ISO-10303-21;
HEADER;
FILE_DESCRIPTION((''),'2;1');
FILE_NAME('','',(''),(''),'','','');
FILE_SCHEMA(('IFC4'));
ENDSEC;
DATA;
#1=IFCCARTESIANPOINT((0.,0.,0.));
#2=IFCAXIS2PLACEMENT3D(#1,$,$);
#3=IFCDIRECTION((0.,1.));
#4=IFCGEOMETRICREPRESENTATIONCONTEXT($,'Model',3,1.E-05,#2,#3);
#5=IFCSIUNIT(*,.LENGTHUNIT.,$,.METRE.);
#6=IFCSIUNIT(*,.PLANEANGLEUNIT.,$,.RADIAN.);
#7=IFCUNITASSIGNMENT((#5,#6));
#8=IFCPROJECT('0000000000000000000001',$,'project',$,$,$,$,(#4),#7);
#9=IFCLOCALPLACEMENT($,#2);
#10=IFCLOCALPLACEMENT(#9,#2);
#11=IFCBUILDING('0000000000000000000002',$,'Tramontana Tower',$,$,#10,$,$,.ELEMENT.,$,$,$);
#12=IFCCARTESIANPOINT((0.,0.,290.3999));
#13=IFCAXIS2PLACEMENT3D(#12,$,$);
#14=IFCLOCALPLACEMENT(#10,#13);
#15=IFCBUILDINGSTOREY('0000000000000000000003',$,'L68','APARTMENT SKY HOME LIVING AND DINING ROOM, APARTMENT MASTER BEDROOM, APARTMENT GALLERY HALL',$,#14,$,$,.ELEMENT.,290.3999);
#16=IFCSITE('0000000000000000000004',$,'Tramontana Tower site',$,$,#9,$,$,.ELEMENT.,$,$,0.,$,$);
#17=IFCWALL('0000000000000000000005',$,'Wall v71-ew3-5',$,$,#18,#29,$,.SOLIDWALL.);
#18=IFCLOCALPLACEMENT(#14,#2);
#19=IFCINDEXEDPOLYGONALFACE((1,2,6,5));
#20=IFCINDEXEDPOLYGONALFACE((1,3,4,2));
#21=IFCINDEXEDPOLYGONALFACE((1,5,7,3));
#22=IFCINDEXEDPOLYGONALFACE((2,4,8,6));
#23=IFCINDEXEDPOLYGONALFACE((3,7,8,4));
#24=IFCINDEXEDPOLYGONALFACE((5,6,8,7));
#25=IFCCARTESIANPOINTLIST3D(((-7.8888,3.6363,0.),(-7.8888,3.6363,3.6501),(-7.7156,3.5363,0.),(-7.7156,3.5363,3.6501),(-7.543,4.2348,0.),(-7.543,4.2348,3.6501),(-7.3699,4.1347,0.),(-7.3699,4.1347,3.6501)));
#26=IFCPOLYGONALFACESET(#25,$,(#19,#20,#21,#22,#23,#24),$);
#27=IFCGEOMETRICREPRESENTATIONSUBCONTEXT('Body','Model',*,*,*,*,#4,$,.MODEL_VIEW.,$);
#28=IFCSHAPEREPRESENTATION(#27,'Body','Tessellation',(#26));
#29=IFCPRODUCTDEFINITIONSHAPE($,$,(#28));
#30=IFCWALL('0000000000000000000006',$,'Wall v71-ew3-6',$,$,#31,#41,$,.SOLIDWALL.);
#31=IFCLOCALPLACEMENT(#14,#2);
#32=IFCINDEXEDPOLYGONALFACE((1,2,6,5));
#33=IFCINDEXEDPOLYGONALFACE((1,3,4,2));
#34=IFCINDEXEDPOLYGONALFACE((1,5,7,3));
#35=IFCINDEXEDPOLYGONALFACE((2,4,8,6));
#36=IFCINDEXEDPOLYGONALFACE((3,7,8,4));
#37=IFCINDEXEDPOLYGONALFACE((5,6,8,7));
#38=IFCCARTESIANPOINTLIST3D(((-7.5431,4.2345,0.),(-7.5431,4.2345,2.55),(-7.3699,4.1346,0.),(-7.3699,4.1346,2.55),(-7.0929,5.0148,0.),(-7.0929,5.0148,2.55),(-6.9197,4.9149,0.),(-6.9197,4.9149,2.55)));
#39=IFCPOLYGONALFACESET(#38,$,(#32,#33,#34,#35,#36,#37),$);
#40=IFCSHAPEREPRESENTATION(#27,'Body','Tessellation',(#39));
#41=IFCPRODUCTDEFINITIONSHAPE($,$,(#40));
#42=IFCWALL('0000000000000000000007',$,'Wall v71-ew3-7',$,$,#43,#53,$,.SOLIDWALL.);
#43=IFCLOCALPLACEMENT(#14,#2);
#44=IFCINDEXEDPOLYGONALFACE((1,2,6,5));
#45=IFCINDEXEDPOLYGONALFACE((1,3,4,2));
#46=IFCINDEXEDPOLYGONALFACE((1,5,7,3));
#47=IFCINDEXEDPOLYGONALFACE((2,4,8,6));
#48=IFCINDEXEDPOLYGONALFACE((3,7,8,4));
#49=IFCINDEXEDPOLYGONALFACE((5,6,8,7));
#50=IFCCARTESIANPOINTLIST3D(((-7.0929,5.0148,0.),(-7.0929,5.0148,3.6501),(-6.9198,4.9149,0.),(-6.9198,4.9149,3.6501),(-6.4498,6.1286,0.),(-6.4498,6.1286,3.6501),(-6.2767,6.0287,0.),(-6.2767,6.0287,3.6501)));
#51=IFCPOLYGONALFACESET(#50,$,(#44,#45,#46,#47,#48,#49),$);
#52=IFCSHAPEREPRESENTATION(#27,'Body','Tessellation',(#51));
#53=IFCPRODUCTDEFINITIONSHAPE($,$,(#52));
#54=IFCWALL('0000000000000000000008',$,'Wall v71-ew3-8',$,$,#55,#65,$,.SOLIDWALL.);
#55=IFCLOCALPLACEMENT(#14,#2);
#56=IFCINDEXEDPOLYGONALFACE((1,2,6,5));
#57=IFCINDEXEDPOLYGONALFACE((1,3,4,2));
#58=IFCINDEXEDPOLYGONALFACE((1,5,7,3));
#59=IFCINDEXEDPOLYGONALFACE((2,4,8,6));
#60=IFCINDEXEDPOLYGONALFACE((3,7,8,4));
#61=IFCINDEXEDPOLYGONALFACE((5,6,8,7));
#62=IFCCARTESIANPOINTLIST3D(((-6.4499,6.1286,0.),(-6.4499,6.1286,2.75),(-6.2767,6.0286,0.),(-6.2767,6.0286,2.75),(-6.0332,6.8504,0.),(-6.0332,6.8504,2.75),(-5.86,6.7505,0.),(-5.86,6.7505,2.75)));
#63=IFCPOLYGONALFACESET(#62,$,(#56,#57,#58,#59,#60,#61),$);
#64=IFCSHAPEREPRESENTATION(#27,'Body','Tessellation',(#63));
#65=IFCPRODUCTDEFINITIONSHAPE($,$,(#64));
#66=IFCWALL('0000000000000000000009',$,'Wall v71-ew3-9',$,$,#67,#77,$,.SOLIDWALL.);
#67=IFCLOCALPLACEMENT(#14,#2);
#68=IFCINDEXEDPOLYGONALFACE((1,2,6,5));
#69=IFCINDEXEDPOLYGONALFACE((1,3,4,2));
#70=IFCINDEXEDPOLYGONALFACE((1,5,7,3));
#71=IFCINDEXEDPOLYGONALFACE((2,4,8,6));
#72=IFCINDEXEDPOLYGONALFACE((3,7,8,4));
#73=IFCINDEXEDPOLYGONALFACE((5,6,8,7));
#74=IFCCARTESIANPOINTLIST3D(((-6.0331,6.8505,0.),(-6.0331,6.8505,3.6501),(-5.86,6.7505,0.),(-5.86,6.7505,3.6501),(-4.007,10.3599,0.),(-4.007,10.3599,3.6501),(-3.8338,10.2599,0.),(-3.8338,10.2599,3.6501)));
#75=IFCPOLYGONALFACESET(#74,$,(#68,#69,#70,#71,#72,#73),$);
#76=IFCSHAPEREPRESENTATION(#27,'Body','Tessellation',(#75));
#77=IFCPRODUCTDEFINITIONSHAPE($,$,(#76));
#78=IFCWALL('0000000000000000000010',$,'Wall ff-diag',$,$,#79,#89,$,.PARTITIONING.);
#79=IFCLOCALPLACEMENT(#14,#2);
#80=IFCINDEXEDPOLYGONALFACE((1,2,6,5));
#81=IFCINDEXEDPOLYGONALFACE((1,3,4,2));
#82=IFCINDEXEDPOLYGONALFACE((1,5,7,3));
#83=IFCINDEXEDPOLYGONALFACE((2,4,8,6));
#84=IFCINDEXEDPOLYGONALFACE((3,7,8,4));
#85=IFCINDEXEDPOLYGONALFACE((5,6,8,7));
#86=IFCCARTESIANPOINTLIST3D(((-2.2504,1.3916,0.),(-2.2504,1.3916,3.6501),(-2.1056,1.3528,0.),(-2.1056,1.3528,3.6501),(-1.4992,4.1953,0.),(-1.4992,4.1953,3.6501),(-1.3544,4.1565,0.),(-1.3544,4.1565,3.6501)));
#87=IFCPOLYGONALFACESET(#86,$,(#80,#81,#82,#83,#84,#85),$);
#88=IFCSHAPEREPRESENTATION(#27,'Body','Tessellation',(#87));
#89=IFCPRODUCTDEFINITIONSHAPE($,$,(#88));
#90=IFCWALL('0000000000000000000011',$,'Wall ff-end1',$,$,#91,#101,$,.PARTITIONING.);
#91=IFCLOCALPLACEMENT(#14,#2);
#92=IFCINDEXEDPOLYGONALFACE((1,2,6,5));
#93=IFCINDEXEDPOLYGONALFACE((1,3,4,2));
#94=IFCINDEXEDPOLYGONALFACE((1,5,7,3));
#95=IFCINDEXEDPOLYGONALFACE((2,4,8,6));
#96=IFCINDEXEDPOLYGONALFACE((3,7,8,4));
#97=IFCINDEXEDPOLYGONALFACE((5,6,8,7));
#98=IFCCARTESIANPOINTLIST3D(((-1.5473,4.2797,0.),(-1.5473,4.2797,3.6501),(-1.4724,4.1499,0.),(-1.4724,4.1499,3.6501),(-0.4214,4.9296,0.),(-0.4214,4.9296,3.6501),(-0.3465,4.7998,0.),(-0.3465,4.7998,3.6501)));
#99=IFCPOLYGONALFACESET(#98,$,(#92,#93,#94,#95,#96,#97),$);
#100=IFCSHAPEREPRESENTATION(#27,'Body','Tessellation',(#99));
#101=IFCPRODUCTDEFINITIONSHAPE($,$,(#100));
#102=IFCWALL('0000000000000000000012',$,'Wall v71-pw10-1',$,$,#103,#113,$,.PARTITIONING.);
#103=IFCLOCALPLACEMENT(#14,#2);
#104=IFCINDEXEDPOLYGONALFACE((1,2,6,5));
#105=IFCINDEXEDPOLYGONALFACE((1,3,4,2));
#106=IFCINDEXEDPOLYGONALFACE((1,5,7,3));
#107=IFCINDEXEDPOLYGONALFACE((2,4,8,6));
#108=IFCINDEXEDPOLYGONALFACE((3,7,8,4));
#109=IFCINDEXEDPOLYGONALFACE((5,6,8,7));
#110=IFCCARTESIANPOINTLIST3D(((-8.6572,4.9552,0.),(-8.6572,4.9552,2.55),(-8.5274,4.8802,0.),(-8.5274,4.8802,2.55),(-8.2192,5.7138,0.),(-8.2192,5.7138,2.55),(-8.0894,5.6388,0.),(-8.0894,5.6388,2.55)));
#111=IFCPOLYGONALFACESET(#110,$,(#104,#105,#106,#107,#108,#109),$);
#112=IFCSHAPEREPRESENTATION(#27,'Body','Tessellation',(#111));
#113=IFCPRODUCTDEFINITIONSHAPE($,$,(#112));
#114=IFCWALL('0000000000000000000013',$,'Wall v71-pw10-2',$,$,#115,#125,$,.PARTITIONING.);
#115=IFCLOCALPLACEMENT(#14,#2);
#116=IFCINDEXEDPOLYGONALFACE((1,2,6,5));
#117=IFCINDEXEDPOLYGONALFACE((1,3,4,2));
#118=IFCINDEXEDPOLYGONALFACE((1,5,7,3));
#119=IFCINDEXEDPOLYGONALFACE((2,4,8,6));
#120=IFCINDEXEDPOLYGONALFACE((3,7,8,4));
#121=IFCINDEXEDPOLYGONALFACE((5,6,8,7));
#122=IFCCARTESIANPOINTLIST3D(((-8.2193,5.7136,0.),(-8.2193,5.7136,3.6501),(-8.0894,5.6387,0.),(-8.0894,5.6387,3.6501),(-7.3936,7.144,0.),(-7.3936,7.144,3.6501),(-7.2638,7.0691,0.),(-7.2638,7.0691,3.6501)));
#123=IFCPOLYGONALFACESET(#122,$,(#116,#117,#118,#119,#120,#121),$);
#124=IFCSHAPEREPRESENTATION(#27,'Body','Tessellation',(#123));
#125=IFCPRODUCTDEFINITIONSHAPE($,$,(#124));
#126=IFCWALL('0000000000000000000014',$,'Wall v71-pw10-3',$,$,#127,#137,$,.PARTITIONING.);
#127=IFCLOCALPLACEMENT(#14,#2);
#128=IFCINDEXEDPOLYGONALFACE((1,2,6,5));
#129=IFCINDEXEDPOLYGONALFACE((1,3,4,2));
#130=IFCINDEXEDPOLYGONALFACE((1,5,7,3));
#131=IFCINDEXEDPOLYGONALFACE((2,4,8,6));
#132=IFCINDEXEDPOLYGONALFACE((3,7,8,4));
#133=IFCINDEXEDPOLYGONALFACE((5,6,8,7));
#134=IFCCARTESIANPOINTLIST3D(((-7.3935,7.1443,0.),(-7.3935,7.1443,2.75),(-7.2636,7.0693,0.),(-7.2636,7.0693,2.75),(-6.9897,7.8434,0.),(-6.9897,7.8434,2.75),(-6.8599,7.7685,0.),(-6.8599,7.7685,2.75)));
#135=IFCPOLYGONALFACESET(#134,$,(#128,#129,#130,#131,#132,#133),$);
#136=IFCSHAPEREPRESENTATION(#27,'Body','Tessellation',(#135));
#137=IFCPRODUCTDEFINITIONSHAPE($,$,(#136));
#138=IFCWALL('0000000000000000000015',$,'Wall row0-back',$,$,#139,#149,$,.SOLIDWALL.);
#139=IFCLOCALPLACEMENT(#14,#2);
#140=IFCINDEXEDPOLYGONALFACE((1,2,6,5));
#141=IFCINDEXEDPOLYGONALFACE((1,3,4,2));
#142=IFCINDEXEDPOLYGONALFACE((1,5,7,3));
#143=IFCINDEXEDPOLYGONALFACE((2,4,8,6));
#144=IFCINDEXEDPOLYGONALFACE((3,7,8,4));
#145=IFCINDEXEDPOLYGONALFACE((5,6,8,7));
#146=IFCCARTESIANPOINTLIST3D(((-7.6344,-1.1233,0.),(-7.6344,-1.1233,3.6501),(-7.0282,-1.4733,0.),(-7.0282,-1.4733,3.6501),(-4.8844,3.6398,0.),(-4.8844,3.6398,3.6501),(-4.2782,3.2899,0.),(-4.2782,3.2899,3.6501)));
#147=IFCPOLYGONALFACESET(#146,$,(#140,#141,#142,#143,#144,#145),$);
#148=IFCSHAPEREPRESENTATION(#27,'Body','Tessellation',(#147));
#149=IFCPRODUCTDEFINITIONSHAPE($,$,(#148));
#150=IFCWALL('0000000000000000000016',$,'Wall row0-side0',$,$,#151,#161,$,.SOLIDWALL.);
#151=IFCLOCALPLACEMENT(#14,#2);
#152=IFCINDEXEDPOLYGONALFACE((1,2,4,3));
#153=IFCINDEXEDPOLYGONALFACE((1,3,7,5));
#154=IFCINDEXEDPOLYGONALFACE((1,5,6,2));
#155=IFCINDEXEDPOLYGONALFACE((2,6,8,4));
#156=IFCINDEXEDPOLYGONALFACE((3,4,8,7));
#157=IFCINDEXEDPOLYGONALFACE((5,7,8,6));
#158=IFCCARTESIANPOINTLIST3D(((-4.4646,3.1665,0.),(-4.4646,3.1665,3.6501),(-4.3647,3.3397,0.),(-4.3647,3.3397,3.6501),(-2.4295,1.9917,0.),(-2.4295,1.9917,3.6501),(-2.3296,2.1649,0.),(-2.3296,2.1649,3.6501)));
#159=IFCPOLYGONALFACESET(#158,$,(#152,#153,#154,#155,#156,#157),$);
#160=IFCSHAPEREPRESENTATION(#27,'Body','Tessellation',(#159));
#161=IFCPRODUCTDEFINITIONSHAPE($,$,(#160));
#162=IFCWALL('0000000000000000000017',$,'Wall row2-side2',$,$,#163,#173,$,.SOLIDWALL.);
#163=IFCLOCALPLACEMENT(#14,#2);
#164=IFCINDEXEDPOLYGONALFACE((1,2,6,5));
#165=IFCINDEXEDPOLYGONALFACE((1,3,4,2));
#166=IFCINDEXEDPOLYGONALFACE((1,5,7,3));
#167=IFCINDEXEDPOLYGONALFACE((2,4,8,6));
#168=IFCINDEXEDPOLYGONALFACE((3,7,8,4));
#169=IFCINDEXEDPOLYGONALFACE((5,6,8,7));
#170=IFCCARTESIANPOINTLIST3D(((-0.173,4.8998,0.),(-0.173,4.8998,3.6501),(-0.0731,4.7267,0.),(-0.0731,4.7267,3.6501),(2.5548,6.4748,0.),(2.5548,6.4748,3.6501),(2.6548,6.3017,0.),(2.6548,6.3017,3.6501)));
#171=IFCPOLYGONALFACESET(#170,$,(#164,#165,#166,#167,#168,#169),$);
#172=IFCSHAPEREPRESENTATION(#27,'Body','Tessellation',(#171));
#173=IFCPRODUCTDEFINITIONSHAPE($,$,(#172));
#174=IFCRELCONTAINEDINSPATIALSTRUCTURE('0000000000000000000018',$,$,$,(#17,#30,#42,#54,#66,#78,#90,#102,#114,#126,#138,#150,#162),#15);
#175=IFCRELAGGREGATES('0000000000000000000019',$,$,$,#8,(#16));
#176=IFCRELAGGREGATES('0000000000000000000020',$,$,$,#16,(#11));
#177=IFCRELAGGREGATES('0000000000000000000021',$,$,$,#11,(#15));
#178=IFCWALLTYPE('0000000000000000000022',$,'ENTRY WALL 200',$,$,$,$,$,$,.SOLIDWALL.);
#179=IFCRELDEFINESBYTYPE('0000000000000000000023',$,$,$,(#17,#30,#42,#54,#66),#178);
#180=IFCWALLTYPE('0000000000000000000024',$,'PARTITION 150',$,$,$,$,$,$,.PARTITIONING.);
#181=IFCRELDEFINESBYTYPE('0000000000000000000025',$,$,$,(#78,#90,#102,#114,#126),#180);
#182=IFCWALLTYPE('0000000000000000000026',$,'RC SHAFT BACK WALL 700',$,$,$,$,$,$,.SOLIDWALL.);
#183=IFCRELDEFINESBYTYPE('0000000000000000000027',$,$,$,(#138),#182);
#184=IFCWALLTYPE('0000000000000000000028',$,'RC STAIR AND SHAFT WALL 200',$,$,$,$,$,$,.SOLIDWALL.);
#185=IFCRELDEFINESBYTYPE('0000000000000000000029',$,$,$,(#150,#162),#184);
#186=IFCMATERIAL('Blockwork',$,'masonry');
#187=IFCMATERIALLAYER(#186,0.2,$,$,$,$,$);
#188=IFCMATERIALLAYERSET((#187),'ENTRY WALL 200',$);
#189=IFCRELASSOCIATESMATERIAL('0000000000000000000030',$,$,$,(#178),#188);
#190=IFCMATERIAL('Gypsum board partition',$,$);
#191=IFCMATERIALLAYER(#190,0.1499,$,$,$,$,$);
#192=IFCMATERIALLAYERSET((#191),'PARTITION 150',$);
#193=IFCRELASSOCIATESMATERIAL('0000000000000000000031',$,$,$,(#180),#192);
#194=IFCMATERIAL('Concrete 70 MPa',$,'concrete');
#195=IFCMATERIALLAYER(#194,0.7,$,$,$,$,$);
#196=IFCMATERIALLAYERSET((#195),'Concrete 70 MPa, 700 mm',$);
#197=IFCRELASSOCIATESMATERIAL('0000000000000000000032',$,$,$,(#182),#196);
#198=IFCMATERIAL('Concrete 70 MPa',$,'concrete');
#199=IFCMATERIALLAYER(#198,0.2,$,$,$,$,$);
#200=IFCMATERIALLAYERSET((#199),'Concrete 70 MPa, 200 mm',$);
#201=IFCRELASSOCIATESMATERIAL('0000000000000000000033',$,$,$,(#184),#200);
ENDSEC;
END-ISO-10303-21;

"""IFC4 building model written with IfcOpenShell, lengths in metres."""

from ifc_helpers import new_model, si_unit, direction, frame, frame_2d, origin, place, context, subcontext, project, spatial, rectangle, extrude, material, layer, layer_set, type_object, element, save


model = new_model("IFC4")

# Units and contexts
model_context = context("Model", 3, precision=1e-05, world=origin(), true_north=direction((0.0, 1.0)))
body_context = subcontext(model_context, "Body", "Model", "MODEL_VIEW")
ifc_project = project(units=[si_unit("LENGTHUNIT", "METRE"), si_unit("PLANEANGLEUNIT", "RADIAN")], contexts=[model_context])

# Site, building, storey
site_placement = place(None, origin())
site = spatial("IfcSite", under=ifc_project, at=site_placement, Name="Tramontana Tower site", CompositionType="ELEMENT", RefElevation=0.0)
building_placement = place(site_placement, origin())
building = spatial("IfcBuilding", under=site, at=building_placement, Name="Tramontana Tower", CompositionType="ELEMENT")
storey_placement = place(building_placement, frame((0.0, 0.0, 290.3999)))
storey = spatial("IfcBuildingStorey", under=building, at=storey_placement, Name="L68", Description="APARTMENT SKY HOME LIVING AND DINING ROOM, APARTMENT MASTER BEDROOM, APARTMENT GALLERY HALL", CompositionType="ELEMENT", Elevation=290.3999)

# Shared definitions
ifc_material_1 = material(Name="Blockwork", Category="masonry")
ifc_layer_1 = layer(ifc_material_1, 0.2)
ifc_layer_set_1 = layer_set([ifc_layer_1], Name="ENTRY WALL 200")
wall_type_1 = type_object("IfcWallType", Name="ENTRY WALL 200", PredefinedType="SOLIDWALL", material=ifc_layer_set_1)

# Walls
wall_1_placement = place(storey_placement, frame((-7.8022, 3.5862, 0.0), z_axis=(0.0, 0.0, 1.0), x_axis=(0.500242, 0.865885, 0.0)))
element("IfcWall", 1, at=wall_1_placement, inside=storey, type_object=wall_type_1, Name="Wall v71-ew3-5", PredefinedType="SOLIDWALL", context=body_context, shape_type="SweptSolid", body=[
    extrude(rectangle(XDim=0.6912, YDim=0.2, at=frame_2d((0.3457, 0.0))), origin(), (0.0, 0.0, 1.0), 3.6501),
])
wall_2_placement = place(storey_placement, frame((-7.4565, 4.1846, 0.0), z_axis=(0.0, 0.0, 1.0), x_axis=(0.499754, 0.866168, 0.0)))
element("IfcWall", 2, at=wall_2_placement, inside=storey, type_object=wall_type_1, Name="Wall v71-ew3-6", PredefinedType="SOLIDWALL", context=body_context, shape_type="SweptSolid", body=[
    extrude(rectangle(XDim=0.9009, YDim=0.2, at=frame_2d((0.4504, 0.0))), origin(), (0.0, 0.0, 1.0), 2.55),
])
wall_3_placement = place(storey_placement, frame((-7.0063, 4.9648, 0.0), z_axis=(0.0, 0.0, 1.0), x_axis=(0.500018, 0.866015, 0.0)))
element("IfcWall", 3, at=wall_3_placement, inside=storey, type_object=wall_type_1, Name="Wall v71-ew3-7", PredefinedType="SOLIDWALL", context=body_context, shape_type="SweptSolid", body=[
    extrude(rectangle(XDim=1.2861, YDim=0.2, at=frame_2d((0.6431, 0.0))), origin(), (0.0, 0.0, 1.0), 3.6501),
])
wall_4_placement = place(storey_placement, frame((-6.3633, 6.0786, 0.0), z_axis=(0.0, 0.0, 1.0), x_axis=(0.499951, 0.866054, 0.0)))
element("IfcWall", 4, at=wall_4_placement, inside=storey, type_object=wall_type_1, Name="Wall v71-ew3-8", PredefinedType="SOLIDWALL", context=body_context, shape_type="SweptSolid", body=[
    extrude(rectangle(XDim=0.8335, YDim=0.2, at=frame_2d((0.4167, 0.0))), origin(), (0.0, 0.0, 1.0), 2.75),
])
wall_5_placement = place(storey_placement, frame((-5.9465, 6.8005, 0.0), z_axis=(0.0, 0.0, 1.0), x_axis=(0.500008, 0.866021, 0.0)))
element("IfcWall", 5, at=wall_5_placement, inside=storey, type_object=wall_type_1, Name="Wall v71-ew3-9", PredefinedType="SOLIDWALL", context=body_context, shape_type="SweptSolid", body=[
    extrude(rectangle(XDim=4.0522, YDim=0.2, at=frame_2d((2.0261, 0.0))), origin(), (0.0, 0.0, 1.0), 3.6501),
])
ifc_material_2 = material(Name="Gypsum board partition")
ifc_layer_2 = layer(ifc_material_2, 0.1499)
ifc_layer_set_2 = layer_set([ifc_layer_2], Name="PARTITION 150")
wall_type_2 = type_object("IfcWallType", Name="PARTITION 150", PredefinedType="PARTITIONING", material=ifc_layer_set_2)
wall_6_placement = place(storey_placement, frame((-2.178, 1.3723, 0.0), z_axis=(0.0, 0.0, 1.0), x_axis=(0.258809, 0.965929, 0.0)))
element("IfcWall", 6, at=wall_6_placement, inside=storey, type_object=wall_type_2, Name="Wall ff-diag", PredefinedType="PARTITIONING", context=body_context, shape_type="SweptSolid", body=[
    extrude(rectangle(XDim=2.9026, YDim=0.1499, at=frame_2d((1.4512, 0.0))), origin(), (0.0, 0.0, 1.0), 3.6501),
])
wall_7_placement = place(storey_placement, frame((-1.5098, 4.2148, 0.0), z_axis=(0.0, 0.0, 1.0), x_axis=(0.866086, 0.499896, 0.0)))
element("IfcWall", 7, at=wall_7_placement, inside=storey, type_object=wall_type_2, Name="Wall ff-end1", PredefinedType="PARTITIONING", context=body_context, shape_type="SweptSolid", body=[
    extrude(rectangle(XDim=1.3, YDim=0.1499, at=frame_2d((0.6499, 0.0))), origin(), (0.0, 0.0, 1.0), 3.6501),
])
wall_8_placement = place(storey_placement, frame((-8.5923, 4.9177, 0.0), z_axis=(0.0, 0.0, 1.0), x_axis=(0.500036, 0.866005, 0.0)))
element("IfcWall", 8, at=wall_8_placement, inside=storey, type_object=wall_type_2, Name="Wall v71-pw10-1", PredefinedType="PARTITIONING", context=body_context, shape_type="SweptSolid", body=[
    extrude(rectangle(XDim=0.876, YDim=0.1499, at=frame_2d((0.438, 0.0))), origin(), (0.0, 0.0, 1.0), 2.55),
])
wall_9_placement = place(storey_placement, frame((-8.1543, 5.6763, 0.0), z_axis=(0.0, 0.0, 1.0), x_axis=(0.499923, 0.86607, 0.0)))
element("IfcWall", 9, at=wall_9_placement, inside=storey, type_object=wall_type_2, Name="Wall v71-pw10-2", PredefinedType="PARTITIONING", context=body_context, shape_type="SweptSolid", body=[
    extrude(rectangle(XDim=1.6516, YDim=0.1499, at=frame_2d((0.8257, 0.0))), origin(), (0.0, 0.0, 1.0), 3.6501),
])
wall_10_placement = place(storey_placement, frame((-7.3286, 7.1067, 0.0), z_axis=(0.0, 0.0, 1.0), x_axis=(0.500106, 0.865964, 0.0)))
element("IfcWall", 10, at=wall_10_placement, inside=storey, type_object=wall_type_2, Name="Wall v71-pw10-3", PredefinedType="PARTITIONING", context=body_context, shape_type="SweptSolid", body=[
    extrude(rectangle(XDim=0.8074, YDim=0.1499, at=frame_2d((0.4038, 0.0))), origin(), (0.0, 0.0, 1.0), 2.75),
])
ifc_material_3 = material(Name="Concrete 70 MPa", Category="concrete")
ifc_layer_3 = layer(ifc_material_3, 0.7)
ifc_layer_set_3 = layer_set([ifc_layer_3], Name="Concrete 70 MPa, 700 mm")
wall_type_3 = type_object("IfcWallType", Name="RC SHAFT BACK WALL 700", PredefinedType="SOLIDWALL", material=ifc_layer_set_3)
wall_11_placement = place(storey_placement, frame((-4.5813, 3.4648, 0.0), z_axis=(0.0, 0.0, 1.0), x_axis=(-0.499997, -0.866027, 0.0)))
element("IfcWall", 11, at=wall_11_placement, inside=storey, type_object=wall_type_3, Name="Wall row0-back", PredefinedType="SOLIDWALL", context=body_context, shape_type="SweptSolid", body=[
    extrude(rectangle(XDim=5.5, YDim=0.7, at=frame_2d((2.75, 0.0))), origin(), (0.0, 0.0, 1.0), 3.6501),
])

# Shared definitions
ifc_material_4 = material(Name="Concrete 70 MPa", Category="concrete")
ifc_layer_4 = layer(ifc_material_4, 0.2)
ifc_layer_set_4 = layer_set([ifc_layer_4], Name="Concrete 70 MPa, 200 mm")
wall_type_4 = type_object("IfcWallType", Name="RC STAIR AND SHAFT WALL 200", PredefinedType="SOLIDWALL", material=ifc_layer_set_4)

# Walls
wall_12_placement = place(storey_placement, frame((-2.3796, 2.0784, 0.0), z_axis=(0.0, 0.0, 1.0), x_axis=(-0.866061, 0.499938, 0.0)))
element("IfcWall", 12, at=wall_12_placement, inside=storey, type_object=wall_type_4, Name="Wall row0-side0", PredefinedType="SOLIDWALL", context=body_context, shape_type="SweptSolid", body=[
    extrude(rectangle(XDim=2.3499, YDim=0.2, at=frame_2d((1.1748, 0.0))), origin(), (0.0, 0.0, 1.0), 3.6501),
])
wall_13_placement = place(storey_placement, frame((-0.123, 4.8132, 0.0), z_axis=(0.0, 0.0, 1.0), x_axis=(0.866016, 0.500015, 0.0)))
element("IfcWall", 13, at=wall_13_placement, inside=storey, type_object=wall_type_4, Name="Wall row2-side2", PredefinedType="SOLIDWALL", context=body_context, shape_type="SweptSolid", body=[
    extrude(rectangle(XDim=3.1499, YDim=0.2, at=frame_2d((1.575, 0.0))), origin(), (0.0, 0.0, 1.0), 3.6501),
])

save(model, "model.ifc")
